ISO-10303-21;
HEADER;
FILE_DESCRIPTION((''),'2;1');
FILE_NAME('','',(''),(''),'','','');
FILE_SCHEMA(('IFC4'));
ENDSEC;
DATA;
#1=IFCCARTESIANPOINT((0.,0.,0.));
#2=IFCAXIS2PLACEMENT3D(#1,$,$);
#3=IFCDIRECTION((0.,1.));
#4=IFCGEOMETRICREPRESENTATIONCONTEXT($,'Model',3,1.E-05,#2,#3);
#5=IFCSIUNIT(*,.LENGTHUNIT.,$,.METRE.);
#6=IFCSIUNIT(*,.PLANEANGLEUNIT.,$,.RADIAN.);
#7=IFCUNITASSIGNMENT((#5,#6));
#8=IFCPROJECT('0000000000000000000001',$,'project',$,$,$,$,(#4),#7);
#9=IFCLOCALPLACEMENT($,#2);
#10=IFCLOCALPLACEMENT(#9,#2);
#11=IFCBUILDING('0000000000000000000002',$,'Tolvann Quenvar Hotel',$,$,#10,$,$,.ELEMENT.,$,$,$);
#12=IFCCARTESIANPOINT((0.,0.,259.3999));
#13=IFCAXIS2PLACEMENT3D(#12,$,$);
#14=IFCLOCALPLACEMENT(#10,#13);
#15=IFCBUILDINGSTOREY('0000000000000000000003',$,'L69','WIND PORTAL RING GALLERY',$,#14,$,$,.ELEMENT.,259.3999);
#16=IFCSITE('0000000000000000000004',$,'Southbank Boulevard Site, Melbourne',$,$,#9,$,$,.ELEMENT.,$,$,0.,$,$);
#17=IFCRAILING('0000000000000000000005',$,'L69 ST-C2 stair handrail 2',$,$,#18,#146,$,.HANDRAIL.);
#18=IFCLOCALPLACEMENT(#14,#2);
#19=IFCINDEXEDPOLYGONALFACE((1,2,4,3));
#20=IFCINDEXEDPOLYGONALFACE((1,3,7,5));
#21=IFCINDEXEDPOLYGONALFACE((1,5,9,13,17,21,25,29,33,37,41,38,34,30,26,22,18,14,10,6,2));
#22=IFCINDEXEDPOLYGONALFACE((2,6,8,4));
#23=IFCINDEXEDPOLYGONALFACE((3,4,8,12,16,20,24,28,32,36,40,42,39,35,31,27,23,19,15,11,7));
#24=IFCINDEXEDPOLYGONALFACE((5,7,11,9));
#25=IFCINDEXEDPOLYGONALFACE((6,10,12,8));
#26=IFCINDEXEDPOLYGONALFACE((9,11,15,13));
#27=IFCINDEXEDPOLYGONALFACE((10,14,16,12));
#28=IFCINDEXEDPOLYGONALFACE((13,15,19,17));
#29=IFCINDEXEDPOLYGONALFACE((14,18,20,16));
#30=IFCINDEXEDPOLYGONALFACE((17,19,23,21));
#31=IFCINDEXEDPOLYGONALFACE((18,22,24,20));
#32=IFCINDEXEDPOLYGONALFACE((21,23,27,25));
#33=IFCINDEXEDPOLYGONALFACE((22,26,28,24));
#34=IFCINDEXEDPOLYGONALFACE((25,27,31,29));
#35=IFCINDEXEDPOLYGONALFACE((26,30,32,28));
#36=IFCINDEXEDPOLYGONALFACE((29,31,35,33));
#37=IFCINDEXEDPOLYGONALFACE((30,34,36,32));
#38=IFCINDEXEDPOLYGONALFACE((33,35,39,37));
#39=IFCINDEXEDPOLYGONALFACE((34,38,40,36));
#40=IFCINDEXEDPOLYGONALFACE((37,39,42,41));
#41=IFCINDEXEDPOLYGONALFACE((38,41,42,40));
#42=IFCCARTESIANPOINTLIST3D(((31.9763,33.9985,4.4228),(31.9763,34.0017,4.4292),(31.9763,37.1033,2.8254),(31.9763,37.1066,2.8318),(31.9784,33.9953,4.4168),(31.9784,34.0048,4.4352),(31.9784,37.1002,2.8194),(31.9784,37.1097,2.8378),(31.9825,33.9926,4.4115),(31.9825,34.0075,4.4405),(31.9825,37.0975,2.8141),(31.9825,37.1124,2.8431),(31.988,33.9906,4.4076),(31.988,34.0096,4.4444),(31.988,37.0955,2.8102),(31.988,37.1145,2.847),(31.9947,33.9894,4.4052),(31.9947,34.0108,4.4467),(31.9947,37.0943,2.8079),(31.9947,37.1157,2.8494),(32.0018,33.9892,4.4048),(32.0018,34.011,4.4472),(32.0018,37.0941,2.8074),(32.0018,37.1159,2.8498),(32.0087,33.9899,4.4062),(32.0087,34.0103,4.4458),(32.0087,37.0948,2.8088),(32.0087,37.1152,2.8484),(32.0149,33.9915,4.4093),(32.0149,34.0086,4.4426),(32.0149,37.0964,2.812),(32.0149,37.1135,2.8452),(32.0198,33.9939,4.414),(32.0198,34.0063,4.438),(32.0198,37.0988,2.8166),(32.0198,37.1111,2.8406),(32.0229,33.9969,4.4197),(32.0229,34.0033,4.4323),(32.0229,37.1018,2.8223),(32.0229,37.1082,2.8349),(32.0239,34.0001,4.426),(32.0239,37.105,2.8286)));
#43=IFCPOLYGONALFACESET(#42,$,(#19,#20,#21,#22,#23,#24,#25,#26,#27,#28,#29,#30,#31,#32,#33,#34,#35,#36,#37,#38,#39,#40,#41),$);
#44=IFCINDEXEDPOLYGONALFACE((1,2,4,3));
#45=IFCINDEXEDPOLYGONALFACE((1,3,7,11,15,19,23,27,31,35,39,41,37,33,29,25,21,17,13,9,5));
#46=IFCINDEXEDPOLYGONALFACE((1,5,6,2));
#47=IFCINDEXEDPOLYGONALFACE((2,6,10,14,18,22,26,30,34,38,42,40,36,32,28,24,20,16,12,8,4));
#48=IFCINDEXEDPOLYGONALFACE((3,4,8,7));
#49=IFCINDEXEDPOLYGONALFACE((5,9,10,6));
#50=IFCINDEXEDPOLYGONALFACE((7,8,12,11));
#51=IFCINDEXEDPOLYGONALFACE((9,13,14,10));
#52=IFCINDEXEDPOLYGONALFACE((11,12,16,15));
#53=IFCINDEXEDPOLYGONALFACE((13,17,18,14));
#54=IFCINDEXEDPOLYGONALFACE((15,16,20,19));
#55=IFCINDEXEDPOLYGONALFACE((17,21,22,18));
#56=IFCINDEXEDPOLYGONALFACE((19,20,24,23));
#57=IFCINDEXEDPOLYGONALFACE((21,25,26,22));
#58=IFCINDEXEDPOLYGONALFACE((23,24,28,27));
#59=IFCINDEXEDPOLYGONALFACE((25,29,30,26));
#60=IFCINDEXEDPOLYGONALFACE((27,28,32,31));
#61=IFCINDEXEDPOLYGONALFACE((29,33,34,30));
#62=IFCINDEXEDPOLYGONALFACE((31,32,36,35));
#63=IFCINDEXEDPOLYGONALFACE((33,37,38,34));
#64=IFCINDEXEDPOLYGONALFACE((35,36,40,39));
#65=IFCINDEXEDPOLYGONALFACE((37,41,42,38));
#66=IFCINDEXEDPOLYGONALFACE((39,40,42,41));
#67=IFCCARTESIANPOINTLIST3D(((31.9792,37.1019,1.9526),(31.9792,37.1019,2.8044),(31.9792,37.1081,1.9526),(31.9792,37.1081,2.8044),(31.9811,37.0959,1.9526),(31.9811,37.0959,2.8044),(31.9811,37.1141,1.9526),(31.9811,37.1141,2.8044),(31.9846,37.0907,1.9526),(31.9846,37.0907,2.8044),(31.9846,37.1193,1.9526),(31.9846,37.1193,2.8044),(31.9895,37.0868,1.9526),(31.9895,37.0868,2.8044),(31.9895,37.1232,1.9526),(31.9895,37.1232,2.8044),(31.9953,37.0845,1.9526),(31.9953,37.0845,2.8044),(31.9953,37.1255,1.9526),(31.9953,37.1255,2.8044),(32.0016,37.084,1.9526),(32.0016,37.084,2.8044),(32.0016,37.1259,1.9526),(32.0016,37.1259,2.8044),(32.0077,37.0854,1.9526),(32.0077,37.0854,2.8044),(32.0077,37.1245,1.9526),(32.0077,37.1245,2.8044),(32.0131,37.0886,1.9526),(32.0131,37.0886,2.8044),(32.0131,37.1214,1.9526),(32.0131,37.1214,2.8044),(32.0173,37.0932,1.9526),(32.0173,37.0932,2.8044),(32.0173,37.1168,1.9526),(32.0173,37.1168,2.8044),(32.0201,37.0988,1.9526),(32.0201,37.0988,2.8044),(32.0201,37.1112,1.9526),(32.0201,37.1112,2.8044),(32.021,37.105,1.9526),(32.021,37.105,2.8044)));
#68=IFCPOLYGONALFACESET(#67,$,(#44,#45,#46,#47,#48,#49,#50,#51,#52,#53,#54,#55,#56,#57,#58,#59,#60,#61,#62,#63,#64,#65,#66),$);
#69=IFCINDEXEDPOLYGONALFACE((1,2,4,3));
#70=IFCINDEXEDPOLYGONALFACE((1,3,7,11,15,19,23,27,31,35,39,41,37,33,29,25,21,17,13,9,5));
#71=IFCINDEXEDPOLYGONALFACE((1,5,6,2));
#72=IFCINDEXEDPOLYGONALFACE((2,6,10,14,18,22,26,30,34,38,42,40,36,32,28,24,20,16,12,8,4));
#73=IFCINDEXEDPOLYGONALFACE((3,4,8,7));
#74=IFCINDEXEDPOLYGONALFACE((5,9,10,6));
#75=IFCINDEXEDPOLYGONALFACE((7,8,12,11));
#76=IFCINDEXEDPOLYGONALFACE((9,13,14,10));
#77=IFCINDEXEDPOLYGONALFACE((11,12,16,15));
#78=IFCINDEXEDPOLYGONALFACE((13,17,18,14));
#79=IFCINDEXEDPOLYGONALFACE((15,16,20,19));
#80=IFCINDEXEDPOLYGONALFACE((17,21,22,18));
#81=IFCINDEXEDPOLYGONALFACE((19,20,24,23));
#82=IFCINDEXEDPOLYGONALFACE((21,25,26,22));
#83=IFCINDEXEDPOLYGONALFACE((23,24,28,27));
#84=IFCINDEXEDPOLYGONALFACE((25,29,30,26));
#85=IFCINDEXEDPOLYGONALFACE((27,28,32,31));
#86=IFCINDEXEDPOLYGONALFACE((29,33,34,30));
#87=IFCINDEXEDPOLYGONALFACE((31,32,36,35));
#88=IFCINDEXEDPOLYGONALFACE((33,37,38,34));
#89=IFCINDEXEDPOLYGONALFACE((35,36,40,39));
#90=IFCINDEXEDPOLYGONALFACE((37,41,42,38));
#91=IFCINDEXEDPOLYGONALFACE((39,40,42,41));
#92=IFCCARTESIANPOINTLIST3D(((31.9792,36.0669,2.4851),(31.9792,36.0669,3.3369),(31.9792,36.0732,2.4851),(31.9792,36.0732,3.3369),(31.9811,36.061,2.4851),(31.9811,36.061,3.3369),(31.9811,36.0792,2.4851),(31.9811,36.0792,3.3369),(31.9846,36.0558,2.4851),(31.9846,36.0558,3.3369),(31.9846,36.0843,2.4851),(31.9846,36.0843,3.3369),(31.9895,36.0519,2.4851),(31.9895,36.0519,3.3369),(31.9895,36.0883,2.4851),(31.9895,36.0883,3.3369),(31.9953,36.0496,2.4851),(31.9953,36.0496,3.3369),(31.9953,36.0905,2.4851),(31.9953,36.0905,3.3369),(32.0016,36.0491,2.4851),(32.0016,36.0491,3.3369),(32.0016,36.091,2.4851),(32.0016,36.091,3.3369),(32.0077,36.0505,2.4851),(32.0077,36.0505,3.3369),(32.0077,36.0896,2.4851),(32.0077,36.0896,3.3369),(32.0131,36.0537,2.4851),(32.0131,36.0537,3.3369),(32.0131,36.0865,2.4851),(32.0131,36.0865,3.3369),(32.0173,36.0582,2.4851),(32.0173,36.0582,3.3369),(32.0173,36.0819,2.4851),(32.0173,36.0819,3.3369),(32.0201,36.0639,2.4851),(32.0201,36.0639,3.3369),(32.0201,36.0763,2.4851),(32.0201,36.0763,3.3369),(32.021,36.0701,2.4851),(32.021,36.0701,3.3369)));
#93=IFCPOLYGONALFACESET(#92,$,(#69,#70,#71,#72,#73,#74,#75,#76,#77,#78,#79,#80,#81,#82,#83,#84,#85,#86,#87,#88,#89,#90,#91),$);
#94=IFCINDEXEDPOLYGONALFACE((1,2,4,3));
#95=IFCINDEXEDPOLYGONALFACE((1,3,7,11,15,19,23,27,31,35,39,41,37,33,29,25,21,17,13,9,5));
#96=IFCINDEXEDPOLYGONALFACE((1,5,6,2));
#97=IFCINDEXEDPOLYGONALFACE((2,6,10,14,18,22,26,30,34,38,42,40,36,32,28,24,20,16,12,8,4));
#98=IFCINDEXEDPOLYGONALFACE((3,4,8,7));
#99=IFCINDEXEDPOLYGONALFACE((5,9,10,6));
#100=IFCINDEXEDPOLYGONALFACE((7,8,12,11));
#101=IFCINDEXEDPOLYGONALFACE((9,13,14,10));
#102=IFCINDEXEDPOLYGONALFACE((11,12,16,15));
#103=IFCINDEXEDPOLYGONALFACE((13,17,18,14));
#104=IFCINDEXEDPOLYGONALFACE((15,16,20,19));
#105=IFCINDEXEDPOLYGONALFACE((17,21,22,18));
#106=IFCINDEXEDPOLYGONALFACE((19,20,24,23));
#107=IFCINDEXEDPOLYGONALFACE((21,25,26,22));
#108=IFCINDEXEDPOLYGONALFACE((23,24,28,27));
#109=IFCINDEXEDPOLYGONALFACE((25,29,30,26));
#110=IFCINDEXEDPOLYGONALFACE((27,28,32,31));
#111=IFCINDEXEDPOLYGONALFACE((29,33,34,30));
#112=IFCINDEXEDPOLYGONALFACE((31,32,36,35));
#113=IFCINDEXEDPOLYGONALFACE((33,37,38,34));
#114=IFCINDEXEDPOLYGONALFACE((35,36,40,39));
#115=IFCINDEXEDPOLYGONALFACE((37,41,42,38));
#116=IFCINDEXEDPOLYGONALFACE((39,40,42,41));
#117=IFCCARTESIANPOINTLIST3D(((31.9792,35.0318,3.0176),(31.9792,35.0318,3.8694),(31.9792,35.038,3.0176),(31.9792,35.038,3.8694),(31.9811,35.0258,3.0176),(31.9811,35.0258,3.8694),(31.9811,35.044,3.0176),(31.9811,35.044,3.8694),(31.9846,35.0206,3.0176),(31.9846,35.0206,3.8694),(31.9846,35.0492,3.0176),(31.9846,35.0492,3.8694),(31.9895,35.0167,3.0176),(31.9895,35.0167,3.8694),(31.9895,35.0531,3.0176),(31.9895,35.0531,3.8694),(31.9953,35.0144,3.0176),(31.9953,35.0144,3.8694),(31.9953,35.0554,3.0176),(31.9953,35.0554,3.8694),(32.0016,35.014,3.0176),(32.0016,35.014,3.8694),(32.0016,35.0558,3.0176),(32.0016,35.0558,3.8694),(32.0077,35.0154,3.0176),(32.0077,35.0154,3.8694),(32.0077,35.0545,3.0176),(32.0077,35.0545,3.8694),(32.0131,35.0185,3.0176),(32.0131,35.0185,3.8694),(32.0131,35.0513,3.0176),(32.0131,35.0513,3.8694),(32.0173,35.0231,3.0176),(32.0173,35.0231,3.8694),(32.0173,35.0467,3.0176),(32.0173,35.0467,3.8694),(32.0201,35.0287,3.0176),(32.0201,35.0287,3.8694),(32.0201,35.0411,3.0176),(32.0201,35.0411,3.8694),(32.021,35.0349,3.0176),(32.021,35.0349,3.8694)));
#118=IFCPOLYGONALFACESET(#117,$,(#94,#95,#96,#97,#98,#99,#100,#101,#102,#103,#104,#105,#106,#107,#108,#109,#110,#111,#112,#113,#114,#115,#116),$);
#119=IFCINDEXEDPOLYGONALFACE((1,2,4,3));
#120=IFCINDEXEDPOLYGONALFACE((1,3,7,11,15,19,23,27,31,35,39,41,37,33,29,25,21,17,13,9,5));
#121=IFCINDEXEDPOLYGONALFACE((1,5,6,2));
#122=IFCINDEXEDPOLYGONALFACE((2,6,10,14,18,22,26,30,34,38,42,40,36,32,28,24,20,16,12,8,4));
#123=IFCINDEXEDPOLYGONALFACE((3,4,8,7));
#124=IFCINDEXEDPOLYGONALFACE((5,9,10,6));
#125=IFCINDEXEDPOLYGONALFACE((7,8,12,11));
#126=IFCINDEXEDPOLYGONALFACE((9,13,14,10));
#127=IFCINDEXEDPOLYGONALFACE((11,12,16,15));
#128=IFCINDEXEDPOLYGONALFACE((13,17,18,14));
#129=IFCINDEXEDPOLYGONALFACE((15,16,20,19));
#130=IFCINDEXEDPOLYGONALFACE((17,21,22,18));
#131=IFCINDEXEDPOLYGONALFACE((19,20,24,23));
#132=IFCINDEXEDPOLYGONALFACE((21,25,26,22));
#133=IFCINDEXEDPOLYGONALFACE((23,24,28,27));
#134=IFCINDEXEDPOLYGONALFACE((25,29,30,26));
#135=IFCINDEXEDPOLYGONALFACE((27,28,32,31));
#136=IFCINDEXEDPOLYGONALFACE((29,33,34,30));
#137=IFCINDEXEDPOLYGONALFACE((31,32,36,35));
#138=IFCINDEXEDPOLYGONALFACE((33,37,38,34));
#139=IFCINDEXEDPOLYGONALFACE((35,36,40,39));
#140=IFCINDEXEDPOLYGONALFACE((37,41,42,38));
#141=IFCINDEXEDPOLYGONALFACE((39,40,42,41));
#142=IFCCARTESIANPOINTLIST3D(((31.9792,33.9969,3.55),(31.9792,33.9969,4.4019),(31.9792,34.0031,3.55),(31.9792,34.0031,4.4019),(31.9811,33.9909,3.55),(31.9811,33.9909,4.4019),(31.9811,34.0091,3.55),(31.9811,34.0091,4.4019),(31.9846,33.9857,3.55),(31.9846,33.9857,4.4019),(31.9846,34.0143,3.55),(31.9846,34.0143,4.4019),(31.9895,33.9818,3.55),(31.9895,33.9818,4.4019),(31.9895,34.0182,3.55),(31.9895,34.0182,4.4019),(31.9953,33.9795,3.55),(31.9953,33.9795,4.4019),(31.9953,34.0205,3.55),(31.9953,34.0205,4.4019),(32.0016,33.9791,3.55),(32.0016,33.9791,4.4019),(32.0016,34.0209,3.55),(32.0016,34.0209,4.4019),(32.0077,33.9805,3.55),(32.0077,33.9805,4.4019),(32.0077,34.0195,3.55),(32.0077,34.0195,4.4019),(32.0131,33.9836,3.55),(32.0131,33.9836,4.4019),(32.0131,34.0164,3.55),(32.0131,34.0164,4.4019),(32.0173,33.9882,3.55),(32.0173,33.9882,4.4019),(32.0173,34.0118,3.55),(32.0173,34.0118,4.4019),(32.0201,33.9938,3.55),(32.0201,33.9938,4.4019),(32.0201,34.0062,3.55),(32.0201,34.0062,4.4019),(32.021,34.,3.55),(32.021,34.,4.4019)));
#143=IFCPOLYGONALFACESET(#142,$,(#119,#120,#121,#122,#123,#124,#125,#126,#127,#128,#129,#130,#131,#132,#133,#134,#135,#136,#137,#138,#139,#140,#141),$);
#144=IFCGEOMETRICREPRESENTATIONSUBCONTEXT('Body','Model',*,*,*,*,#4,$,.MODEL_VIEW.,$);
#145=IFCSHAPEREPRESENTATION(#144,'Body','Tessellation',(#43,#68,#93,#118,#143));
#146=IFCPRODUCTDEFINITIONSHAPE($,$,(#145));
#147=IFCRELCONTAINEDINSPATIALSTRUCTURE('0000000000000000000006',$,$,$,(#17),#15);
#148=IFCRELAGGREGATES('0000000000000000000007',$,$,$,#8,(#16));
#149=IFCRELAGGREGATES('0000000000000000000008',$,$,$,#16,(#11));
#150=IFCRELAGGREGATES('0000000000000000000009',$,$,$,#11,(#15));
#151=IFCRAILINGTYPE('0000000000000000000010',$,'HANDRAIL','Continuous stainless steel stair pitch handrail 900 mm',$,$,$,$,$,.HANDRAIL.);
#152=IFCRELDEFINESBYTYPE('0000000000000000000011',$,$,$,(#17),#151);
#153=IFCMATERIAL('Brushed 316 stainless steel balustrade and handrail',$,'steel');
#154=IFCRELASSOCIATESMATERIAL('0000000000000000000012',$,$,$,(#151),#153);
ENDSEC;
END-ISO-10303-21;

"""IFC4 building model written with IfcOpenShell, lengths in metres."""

from ifc_helpers import new_model, si_unit, direction, frame, origin, origin_2d, place, context, subcontext, project, spatial, circle, extrude, material, type_object, element, save


model = new_model("IFC4")

# Units and contexts
model_context = context("Model", 3, precision=1e-05, world=origin(), true_north=direction((0.0, 1.0)))
body_context = subcontext(model_context, "Body", "Model", "MODEL_VIEW")
ifc_project = project(units=[si_unit("LENGTHUNIT", "METRE"), si_unit("PLANEANGLEUNIT", "RADIAN")], contexts=[model_context])

# Site, building, storey
site_placement = place(None, origin())
site = spatial("IfcSite", under=ifc_project, at=site_placement, Name="Southbank Boulevard Site, Melbourne", CompositionType="ELEMENT", RefElevation=0.0)
building_placement = place(site_placement, origin())
building = spatial("IfcBuilding", under=site, at=building_placement, Name="Tolvann Quenvar Hotel", CompositionType="ELEMENT")
storey_placement = place(building_placement, frame((0.0, 0.0, 259.3999)))
storey = spatial("IfcBuildingStorey", under=building, at=storey_placement, Name="L69", Description="WIND PORTAL RING GALLERY", CompositionType="ELEMENT", Elevation=259.3999)

# Railing
ifc_material_1 = material(Name="Brushed 316 stainless steel balustrade and handrail", Category="steel")
railing_type_1 = type_object("IfcRailingType", Name="HANDRAIL", Description="Continuous stainless steel stair pitch handrail 900 mm", PredefinedType="HANDRAIL", material=ifc_material_1)
railing_1_placement = place(storey_placement, frame((32.0, 37.105, 1.9526)))
element("IfcRailing", 1, at=railing_1_placement, inside=storey, type_object=railing_type_1, Name="L69 ST-C2 stair handrail 2", PredefinedType="HANDRAIL", context=body_context, shape_type="SweptSolid", body=[
    extrude(circle(Radius=0.0239, at=origin_2d()), frame((0.0, 0.0, 0.876), z_axis=(0.0, -0.889222, 0.457476), x_axis=(1.0, 0.0, 0.0)), (0.0, 0.0, 1.0), 3.4917),
    extrude(circle(Radius=0.021, at=origin_2d()), origin(), (0.0, 0.0, 1.0), 0.8518),
    extrude(circle(Radius=0.021, at=origin_2d()), frame((0.0, -1.0349, 0.5325)), (0.0, 0.0, 1.0), 0.8518),
    extrude(circle(Radius=0.021, at=origin_2d()), frame((0.0, -2.0701, 1.0649)), (0.0, 0.0, 1.0), 0.8518),
    extrude(circle(Radius=0.021, at=origin_2d()), frame((0.0, -3.105, 1.5974)), (0.0, 0.0, 1.0), 0.8518),
])

save(model, "model.ifc")
